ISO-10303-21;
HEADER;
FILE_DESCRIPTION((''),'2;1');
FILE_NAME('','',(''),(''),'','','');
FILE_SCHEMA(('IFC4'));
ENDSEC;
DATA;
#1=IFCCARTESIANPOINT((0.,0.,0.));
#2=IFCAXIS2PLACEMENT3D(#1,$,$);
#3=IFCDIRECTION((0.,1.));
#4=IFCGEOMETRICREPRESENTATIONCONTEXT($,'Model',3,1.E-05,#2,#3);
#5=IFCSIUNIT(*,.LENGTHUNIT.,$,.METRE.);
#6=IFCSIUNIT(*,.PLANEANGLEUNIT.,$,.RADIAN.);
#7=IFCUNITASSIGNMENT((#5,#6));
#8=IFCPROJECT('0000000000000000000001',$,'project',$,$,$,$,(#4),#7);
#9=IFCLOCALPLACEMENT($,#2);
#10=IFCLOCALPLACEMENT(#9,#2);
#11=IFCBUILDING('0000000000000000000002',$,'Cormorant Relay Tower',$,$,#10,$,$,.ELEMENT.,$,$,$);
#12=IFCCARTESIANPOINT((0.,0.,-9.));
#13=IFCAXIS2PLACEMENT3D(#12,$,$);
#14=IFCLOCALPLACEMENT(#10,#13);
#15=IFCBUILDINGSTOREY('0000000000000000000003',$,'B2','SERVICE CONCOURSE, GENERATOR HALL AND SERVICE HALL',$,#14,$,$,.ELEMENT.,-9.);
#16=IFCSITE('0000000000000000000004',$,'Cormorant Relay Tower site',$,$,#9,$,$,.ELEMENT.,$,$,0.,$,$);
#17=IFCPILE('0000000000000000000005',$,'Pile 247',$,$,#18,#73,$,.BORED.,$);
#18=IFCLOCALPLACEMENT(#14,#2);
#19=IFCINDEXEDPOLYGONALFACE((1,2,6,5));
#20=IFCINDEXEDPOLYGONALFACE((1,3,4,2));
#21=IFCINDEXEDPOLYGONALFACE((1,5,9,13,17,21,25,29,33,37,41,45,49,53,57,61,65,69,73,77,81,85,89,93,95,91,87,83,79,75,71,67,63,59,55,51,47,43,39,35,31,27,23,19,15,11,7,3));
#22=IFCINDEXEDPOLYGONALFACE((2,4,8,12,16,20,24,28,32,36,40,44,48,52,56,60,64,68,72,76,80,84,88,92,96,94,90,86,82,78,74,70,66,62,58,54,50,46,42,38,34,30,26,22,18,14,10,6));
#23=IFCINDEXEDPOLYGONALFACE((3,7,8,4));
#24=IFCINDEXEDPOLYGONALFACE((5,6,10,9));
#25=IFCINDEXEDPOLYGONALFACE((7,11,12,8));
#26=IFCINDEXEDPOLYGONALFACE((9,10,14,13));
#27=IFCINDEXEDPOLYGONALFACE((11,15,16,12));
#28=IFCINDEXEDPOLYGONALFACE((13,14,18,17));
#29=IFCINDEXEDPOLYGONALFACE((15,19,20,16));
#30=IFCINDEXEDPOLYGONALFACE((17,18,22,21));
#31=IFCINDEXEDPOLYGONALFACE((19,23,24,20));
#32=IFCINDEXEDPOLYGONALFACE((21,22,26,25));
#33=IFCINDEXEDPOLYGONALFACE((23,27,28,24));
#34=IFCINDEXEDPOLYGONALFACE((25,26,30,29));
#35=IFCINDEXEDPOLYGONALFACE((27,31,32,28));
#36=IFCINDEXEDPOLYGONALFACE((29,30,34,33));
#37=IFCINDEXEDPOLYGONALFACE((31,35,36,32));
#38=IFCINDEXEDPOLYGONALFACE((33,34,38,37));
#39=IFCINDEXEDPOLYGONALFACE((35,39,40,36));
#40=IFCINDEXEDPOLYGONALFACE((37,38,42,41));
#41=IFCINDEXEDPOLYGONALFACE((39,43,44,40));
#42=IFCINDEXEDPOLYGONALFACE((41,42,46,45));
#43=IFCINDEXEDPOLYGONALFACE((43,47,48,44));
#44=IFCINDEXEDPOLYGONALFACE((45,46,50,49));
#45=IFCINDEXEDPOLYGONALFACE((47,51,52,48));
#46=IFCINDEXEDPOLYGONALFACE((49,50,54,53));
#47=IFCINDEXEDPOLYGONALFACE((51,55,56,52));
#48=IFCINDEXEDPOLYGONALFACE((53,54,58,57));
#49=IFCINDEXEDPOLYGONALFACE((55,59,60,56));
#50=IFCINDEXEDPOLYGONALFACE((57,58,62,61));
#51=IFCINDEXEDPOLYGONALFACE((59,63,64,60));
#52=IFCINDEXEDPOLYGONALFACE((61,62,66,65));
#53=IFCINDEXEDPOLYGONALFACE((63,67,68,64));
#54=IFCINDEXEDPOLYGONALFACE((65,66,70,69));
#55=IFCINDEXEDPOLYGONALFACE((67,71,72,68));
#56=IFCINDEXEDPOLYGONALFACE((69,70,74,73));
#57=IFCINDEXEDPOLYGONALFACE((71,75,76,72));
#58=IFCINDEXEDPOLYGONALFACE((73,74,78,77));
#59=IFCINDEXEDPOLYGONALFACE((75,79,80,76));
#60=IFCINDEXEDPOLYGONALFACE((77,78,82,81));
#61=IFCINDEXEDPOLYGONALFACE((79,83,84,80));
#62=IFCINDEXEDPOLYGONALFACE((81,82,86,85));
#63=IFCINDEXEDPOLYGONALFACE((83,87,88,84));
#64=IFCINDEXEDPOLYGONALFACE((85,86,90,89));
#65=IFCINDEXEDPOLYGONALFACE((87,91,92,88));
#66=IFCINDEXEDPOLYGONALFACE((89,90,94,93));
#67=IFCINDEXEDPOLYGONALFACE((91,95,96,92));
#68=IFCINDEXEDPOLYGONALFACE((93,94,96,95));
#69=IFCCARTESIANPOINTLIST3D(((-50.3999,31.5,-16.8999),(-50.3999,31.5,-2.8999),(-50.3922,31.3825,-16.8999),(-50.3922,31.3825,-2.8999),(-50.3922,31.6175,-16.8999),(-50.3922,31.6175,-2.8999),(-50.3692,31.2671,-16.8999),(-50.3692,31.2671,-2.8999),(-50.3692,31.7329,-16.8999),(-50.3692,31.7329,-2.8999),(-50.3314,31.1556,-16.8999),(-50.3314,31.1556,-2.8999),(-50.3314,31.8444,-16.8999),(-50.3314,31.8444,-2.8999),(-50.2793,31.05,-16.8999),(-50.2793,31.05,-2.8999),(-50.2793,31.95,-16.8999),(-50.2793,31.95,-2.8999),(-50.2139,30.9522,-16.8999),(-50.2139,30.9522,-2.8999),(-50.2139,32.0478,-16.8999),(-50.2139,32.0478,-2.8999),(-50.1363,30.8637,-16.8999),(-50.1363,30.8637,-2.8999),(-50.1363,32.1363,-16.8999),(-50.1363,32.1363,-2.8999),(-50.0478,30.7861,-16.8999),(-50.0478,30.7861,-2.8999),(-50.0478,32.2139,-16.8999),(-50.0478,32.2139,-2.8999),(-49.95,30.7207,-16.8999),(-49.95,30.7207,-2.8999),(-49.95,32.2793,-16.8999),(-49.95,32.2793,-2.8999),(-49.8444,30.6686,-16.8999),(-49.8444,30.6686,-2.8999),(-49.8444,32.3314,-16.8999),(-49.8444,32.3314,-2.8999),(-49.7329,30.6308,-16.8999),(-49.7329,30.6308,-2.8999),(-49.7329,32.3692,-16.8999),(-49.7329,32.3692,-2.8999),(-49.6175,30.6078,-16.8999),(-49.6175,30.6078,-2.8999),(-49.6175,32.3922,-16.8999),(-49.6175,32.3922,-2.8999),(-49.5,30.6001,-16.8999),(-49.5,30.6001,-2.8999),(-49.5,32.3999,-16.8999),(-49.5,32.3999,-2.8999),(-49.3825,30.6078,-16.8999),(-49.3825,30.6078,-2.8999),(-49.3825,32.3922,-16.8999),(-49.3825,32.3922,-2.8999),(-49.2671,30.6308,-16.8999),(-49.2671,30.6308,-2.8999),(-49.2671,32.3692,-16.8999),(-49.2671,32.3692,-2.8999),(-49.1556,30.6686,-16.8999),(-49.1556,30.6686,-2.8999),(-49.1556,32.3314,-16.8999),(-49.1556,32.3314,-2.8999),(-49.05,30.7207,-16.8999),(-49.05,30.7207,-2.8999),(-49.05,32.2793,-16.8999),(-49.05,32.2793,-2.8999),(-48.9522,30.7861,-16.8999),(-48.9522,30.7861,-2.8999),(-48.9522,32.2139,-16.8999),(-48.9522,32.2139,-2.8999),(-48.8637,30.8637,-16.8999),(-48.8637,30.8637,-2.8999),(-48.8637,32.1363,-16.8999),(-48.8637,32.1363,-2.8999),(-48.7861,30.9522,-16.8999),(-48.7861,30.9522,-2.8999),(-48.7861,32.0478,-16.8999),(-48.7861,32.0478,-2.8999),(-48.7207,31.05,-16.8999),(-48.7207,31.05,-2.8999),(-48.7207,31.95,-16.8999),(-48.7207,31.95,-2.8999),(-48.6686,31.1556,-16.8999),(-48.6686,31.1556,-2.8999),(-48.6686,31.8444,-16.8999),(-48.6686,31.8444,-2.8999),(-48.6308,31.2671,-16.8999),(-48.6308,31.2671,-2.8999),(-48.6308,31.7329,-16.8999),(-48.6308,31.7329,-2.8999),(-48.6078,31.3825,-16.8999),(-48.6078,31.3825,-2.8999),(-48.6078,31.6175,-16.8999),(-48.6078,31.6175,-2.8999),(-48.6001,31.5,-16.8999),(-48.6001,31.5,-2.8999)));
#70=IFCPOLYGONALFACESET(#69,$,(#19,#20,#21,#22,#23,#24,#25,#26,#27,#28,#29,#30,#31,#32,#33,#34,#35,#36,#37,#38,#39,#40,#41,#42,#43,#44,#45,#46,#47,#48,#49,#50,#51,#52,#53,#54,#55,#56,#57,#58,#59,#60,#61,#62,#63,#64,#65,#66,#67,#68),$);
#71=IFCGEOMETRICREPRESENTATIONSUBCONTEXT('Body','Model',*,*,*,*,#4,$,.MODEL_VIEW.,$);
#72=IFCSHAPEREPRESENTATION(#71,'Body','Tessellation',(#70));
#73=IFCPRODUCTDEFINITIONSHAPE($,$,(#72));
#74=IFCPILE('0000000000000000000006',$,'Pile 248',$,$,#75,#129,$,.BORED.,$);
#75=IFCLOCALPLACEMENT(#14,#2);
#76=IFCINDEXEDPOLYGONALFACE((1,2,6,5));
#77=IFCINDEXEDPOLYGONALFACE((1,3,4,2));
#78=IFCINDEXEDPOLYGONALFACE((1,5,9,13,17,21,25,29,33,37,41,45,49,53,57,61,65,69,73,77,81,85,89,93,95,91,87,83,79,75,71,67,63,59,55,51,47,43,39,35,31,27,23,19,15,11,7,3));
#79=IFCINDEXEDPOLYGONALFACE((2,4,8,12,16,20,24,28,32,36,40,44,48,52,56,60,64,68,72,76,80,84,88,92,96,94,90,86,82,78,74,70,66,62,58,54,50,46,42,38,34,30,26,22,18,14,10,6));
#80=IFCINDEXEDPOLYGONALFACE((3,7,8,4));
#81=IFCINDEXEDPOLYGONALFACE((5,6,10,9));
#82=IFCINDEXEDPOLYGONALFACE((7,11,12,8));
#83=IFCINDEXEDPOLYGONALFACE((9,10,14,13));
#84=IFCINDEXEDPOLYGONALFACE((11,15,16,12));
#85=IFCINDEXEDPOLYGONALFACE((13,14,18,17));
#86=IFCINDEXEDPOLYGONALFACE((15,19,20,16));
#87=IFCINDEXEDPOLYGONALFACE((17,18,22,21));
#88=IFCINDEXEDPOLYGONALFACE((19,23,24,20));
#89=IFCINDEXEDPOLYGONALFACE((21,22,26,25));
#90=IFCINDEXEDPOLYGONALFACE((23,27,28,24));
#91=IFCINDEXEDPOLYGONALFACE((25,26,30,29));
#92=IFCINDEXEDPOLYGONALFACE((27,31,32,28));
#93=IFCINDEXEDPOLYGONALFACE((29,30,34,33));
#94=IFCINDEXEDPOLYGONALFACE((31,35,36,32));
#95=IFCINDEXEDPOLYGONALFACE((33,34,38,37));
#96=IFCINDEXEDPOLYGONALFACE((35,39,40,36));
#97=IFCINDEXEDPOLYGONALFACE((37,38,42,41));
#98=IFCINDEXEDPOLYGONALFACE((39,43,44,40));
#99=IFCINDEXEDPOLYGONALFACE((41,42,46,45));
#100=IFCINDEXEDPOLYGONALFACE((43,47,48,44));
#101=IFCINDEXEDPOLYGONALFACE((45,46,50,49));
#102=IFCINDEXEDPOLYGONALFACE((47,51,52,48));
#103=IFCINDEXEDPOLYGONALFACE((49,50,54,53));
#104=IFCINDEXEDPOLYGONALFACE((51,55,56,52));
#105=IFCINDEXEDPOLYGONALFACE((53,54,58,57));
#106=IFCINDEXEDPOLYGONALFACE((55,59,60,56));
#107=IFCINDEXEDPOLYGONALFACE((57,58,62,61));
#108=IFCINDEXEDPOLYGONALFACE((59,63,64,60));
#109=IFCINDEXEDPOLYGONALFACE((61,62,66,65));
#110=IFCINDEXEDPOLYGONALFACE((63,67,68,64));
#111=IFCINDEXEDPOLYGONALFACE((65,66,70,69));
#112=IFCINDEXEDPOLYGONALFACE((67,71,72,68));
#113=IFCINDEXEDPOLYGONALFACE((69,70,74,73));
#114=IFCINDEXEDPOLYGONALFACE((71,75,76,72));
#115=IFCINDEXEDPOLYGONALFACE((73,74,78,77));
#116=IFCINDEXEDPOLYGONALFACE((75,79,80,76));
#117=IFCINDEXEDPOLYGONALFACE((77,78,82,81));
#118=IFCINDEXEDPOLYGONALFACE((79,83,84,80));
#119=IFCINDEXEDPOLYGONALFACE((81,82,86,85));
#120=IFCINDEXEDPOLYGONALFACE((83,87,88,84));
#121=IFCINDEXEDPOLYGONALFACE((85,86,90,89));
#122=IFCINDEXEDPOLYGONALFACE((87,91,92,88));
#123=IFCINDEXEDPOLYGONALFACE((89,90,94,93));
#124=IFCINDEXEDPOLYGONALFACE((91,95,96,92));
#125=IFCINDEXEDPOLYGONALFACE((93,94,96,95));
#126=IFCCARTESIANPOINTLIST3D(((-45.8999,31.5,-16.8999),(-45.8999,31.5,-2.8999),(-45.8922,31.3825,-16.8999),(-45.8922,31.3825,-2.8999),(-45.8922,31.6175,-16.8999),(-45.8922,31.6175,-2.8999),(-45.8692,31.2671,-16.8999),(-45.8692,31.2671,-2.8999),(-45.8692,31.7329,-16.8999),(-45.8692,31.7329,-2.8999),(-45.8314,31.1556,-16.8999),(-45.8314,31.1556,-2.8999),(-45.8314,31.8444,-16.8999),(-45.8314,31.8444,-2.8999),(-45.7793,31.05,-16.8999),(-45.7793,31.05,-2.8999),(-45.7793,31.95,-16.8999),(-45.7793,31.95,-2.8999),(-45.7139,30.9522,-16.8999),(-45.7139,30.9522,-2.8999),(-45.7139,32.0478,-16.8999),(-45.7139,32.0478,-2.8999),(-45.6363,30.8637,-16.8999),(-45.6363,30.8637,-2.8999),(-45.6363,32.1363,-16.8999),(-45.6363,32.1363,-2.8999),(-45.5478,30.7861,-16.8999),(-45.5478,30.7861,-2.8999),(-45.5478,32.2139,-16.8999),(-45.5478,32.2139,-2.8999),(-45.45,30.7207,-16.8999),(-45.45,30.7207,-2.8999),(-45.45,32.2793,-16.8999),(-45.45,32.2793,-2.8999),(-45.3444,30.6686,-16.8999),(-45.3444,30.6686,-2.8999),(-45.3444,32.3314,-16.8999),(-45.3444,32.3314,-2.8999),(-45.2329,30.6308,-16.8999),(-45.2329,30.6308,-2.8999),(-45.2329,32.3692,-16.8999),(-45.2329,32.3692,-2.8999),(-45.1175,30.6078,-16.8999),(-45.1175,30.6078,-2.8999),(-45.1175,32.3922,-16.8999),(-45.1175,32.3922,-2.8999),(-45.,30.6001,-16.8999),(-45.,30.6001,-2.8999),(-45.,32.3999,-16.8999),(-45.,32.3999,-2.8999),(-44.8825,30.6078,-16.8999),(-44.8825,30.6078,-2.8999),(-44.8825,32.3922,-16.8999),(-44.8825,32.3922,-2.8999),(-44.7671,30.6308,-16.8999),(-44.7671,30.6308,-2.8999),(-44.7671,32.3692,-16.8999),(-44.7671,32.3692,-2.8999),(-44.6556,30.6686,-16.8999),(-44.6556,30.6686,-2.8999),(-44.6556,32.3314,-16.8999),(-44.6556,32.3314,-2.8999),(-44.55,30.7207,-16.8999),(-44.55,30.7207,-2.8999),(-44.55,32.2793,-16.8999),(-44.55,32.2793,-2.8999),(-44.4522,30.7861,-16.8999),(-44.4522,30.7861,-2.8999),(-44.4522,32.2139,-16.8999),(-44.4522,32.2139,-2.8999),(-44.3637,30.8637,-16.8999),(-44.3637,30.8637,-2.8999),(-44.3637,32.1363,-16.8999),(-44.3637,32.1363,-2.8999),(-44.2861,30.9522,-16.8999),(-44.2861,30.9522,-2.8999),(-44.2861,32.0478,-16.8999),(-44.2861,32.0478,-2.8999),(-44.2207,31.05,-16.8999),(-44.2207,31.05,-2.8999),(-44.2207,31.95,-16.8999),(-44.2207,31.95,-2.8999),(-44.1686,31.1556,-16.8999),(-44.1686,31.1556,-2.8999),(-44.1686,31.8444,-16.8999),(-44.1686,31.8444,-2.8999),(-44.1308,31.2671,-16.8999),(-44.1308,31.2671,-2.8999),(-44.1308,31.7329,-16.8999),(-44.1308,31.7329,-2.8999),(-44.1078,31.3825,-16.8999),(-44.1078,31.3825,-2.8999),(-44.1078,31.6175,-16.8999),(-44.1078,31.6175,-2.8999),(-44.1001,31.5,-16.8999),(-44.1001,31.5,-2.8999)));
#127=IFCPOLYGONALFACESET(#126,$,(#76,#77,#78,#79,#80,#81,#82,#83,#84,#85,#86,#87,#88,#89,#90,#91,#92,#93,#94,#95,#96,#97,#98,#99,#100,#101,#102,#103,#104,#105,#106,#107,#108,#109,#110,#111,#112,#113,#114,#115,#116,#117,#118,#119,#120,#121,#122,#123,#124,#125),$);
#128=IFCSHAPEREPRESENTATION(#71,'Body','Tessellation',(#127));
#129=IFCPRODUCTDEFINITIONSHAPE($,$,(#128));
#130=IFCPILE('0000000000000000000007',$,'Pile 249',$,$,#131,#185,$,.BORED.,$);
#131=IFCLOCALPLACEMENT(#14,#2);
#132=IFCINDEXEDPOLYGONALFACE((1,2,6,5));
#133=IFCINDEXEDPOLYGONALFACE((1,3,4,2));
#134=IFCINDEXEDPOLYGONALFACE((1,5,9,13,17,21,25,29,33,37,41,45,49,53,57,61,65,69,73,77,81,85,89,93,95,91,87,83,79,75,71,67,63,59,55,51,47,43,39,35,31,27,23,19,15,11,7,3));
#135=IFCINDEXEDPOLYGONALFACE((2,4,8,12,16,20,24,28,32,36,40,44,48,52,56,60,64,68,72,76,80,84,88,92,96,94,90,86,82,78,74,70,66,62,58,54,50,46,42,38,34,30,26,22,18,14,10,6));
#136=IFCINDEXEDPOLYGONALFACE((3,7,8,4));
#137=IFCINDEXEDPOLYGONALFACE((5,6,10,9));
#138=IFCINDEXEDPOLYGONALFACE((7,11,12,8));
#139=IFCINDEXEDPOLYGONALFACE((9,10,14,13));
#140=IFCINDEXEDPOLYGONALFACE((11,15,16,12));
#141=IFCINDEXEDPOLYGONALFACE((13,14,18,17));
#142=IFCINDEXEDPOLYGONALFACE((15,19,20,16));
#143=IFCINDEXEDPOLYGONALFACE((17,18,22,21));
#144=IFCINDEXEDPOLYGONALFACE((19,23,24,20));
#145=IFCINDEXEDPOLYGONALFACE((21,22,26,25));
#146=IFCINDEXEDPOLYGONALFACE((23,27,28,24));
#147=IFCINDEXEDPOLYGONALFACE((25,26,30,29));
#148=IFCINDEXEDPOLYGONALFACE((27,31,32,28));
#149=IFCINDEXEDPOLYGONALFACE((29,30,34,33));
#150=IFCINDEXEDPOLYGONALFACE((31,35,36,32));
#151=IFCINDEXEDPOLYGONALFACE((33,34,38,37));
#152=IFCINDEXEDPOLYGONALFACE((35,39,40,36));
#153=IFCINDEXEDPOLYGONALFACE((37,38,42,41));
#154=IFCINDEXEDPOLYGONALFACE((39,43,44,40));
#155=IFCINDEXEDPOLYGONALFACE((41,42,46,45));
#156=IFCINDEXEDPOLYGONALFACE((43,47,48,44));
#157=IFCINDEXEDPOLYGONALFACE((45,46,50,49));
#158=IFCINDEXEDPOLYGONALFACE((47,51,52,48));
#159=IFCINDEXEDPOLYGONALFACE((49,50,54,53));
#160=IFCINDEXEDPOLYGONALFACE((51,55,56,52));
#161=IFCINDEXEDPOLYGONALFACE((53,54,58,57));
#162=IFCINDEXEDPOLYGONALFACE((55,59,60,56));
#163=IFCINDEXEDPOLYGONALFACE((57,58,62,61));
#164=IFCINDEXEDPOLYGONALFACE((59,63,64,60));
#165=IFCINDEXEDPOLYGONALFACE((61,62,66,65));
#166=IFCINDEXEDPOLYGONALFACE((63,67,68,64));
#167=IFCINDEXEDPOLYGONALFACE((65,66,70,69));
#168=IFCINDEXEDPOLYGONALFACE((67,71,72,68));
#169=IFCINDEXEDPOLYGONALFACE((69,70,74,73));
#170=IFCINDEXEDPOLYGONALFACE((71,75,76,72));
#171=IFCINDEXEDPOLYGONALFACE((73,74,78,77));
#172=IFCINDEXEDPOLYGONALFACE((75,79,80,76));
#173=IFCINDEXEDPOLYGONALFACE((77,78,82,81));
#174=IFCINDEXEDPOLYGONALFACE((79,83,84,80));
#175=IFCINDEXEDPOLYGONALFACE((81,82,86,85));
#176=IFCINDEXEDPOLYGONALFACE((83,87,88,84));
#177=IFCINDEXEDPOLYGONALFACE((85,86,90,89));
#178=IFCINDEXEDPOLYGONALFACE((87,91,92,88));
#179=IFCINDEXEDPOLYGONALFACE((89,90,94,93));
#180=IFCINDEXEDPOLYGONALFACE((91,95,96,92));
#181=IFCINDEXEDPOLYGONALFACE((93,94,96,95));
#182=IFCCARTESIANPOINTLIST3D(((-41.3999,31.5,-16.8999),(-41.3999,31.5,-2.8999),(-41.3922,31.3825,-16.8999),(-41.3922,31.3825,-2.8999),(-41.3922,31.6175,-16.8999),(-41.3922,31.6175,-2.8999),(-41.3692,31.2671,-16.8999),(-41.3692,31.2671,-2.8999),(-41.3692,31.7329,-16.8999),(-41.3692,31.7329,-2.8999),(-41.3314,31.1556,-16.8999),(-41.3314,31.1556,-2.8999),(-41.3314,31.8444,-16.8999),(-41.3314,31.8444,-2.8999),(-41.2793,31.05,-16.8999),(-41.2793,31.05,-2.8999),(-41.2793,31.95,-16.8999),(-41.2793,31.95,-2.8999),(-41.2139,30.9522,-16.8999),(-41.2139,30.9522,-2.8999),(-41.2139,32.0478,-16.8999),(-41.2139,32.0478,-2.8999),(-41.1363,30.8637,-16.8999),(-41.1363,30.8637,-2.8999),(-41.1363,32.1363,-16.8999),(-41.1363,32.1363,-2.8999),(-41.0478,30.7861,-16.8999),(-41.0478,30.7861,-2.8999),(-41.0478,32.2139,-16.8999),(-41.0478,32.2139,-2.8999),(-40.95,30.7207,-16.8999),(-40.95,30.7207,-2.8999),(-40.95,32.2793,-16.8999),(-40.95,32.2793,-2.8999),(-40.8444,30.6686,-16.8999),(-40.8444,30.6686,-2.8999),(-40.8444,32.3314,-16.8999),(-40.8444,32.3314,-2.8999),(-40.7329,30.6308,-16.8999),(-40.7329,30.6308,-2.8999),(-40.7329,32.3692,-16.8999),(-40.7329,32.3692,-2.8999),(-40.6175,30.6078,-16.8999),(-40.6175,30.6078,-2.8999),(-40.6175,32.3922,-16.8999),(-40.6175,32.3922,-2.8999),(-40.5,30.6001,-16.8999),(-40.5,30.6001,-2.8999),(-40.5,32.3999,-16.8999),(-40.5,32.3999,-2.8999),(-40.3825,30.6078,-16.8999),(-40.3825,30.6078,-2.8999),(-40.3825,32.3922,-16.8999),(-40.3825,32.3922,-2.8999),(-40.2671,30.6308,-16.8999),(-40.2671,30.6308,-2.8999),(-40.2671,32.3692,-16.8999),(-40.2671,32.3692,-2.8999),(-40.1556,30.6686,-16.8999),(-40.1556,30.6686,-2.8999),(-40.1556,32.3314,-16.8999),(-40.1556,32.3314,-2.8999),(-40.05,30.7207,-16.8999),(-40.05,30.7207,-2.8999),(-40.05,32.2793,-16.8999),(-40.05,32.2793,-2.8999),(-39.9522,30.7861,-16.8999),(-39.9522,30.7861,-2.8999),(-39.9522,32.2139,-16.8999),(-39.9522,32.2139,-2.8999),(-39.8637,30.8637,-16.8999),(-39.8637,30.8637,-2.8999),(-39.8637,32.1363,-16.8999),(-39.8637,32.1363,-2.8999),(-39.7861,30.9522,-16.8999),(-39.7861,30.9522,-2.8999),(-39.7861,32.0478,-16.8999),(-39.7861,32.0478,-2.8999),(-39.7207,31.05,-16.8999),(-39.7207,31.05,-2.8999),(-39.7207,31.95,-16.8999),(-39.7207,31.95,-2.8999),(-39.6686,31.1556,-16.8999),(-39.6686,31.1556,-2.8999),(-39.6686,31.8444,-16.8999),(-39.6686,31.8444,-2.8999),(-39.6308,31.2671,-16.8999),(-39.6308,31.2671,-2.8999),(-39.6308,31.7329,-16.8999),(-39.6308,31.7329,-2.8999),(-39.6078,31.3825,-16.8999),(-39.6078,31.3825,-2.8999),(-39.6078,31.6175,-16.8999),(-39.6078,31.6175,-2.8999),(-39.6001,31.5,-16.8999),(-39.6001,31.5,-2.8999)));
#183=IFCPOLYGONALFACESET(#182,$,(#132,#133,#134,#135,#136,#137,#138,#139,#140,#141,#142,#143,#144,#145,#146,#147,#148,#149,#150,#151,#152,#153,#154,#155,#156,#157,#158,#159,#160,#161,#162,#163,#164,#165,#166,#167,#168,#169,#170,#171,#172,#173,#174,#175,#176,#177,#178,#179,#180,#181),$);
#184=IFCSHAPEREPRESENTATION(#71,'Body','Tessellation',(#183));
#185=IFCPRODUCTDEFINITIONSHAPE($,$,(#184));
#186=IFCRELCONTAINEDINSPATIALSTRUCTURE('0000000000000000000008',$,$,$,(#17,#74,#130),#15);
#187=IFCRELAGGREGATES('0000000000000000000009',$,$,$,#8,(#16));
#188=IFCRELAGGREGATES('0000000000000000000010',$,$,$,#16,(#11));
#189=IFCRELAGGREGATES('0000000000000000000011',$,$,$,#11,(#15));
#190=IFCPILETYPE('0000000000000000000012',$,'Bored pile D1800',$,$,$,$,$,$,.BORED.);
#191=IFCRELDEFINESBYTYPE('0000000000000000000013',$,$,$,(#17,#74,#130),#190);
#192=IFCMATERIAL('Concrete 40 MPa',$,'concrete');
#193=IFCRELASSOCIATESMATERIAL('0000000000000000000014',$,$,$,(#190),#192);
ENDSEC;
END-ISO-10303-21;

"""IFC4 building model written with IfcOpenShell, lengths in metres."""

from ifc_helpers import new_model, si_unit, direction, frame, origin, origin_2d, place, context, subcontext, project, spatial, circle, extrude, material, material_profile, profile_set, type_object, element, save


model = new_model("IFC4")

# Units and contexts
model_context = context("Model", 3, precision=1e-05, world=origin(), true_north=direction((0.0, 1.0)))
body_context = subcontext(model_context, "Body", "Model", "MODEL_VIEW")
ifc_project = project(units=[si_unit("LENGTHUNIT", "METRE"), si_unit("PLANEANGLEUNIT", "RADIAN")], contexts=[model_context])

# Site, building, storey
site_placement = place(None, origin())
site = spatial("IfcSite", under=ifc_project, at=site_placement, Name="Cormorant Relay Tower site", CompositionType="ELEMENT", RefElevation=0.0)
building_placement = place(site_placement, origin())
building = spatial("IfcBuilding", under=site, at=building_placement, Name="Cormorant Relay Tower", CompositionType="ELEMENT")
storey_placement = place(building_placement, frame((0.0, 0.0, -9.0)))
storey = spatial("IfcBuildingStorey", under=building, at=storey_placement, Name="B2", Description="SERVICE CONCOURSE, GENERATOR HALL AND SERVICE HALL", CompositionType="ELEMENT", Elevation=-9.0)

# Piles
ifc_material_1 = material(Name="Concrete 40 MPa", Category="concrete")
ifc_material_profile_1 = material_profile(ifc_material_1, circle(Radius=0.8999, at=origin_2d()), Name="BP1800")
ifc_profile_set_1 = profile_set([ifc_material_profile_1], Name="Concrete 40 MPa")
pile_type = type_object("IfcPileType", Name="Bored pile D1800", PredefinedType="BORED", material=ifc_profile_set_1)
for number, where, z_axis, x_axis, name in (
    (1, (-49.5, 31.5, -2.8999), (0.0, 0.0, -1.0), (1.0, 0.0, 0.0), "Pile 247"),
    (2, (-45.0, 31.5, -2.8999), (0.0, 0.0, -1.0), (1.0, 0.0, 0.0), "Pile 248"),
    (3, (-40.5, 31.5, -2.8999), (0.0, 0.0, -1.0), (1.0, 0.0, 0.0), "Pile 249"),
):
    element("IfcPile", number, at=place(storey_placement, frame(where, z_axis=z_axis, x_axis=x_axis)), inside=storey, type_object=pile_type, Name=name, PredefinedType="BORED", context=body_context, shape_type="SweptSolid", body=[
        extrude(circle(Radius=0.8999, at=origin_2d()), origin(), (0.0, 0.0, 1.0), 14.0),
    ])

save(model, "model.ifc")
